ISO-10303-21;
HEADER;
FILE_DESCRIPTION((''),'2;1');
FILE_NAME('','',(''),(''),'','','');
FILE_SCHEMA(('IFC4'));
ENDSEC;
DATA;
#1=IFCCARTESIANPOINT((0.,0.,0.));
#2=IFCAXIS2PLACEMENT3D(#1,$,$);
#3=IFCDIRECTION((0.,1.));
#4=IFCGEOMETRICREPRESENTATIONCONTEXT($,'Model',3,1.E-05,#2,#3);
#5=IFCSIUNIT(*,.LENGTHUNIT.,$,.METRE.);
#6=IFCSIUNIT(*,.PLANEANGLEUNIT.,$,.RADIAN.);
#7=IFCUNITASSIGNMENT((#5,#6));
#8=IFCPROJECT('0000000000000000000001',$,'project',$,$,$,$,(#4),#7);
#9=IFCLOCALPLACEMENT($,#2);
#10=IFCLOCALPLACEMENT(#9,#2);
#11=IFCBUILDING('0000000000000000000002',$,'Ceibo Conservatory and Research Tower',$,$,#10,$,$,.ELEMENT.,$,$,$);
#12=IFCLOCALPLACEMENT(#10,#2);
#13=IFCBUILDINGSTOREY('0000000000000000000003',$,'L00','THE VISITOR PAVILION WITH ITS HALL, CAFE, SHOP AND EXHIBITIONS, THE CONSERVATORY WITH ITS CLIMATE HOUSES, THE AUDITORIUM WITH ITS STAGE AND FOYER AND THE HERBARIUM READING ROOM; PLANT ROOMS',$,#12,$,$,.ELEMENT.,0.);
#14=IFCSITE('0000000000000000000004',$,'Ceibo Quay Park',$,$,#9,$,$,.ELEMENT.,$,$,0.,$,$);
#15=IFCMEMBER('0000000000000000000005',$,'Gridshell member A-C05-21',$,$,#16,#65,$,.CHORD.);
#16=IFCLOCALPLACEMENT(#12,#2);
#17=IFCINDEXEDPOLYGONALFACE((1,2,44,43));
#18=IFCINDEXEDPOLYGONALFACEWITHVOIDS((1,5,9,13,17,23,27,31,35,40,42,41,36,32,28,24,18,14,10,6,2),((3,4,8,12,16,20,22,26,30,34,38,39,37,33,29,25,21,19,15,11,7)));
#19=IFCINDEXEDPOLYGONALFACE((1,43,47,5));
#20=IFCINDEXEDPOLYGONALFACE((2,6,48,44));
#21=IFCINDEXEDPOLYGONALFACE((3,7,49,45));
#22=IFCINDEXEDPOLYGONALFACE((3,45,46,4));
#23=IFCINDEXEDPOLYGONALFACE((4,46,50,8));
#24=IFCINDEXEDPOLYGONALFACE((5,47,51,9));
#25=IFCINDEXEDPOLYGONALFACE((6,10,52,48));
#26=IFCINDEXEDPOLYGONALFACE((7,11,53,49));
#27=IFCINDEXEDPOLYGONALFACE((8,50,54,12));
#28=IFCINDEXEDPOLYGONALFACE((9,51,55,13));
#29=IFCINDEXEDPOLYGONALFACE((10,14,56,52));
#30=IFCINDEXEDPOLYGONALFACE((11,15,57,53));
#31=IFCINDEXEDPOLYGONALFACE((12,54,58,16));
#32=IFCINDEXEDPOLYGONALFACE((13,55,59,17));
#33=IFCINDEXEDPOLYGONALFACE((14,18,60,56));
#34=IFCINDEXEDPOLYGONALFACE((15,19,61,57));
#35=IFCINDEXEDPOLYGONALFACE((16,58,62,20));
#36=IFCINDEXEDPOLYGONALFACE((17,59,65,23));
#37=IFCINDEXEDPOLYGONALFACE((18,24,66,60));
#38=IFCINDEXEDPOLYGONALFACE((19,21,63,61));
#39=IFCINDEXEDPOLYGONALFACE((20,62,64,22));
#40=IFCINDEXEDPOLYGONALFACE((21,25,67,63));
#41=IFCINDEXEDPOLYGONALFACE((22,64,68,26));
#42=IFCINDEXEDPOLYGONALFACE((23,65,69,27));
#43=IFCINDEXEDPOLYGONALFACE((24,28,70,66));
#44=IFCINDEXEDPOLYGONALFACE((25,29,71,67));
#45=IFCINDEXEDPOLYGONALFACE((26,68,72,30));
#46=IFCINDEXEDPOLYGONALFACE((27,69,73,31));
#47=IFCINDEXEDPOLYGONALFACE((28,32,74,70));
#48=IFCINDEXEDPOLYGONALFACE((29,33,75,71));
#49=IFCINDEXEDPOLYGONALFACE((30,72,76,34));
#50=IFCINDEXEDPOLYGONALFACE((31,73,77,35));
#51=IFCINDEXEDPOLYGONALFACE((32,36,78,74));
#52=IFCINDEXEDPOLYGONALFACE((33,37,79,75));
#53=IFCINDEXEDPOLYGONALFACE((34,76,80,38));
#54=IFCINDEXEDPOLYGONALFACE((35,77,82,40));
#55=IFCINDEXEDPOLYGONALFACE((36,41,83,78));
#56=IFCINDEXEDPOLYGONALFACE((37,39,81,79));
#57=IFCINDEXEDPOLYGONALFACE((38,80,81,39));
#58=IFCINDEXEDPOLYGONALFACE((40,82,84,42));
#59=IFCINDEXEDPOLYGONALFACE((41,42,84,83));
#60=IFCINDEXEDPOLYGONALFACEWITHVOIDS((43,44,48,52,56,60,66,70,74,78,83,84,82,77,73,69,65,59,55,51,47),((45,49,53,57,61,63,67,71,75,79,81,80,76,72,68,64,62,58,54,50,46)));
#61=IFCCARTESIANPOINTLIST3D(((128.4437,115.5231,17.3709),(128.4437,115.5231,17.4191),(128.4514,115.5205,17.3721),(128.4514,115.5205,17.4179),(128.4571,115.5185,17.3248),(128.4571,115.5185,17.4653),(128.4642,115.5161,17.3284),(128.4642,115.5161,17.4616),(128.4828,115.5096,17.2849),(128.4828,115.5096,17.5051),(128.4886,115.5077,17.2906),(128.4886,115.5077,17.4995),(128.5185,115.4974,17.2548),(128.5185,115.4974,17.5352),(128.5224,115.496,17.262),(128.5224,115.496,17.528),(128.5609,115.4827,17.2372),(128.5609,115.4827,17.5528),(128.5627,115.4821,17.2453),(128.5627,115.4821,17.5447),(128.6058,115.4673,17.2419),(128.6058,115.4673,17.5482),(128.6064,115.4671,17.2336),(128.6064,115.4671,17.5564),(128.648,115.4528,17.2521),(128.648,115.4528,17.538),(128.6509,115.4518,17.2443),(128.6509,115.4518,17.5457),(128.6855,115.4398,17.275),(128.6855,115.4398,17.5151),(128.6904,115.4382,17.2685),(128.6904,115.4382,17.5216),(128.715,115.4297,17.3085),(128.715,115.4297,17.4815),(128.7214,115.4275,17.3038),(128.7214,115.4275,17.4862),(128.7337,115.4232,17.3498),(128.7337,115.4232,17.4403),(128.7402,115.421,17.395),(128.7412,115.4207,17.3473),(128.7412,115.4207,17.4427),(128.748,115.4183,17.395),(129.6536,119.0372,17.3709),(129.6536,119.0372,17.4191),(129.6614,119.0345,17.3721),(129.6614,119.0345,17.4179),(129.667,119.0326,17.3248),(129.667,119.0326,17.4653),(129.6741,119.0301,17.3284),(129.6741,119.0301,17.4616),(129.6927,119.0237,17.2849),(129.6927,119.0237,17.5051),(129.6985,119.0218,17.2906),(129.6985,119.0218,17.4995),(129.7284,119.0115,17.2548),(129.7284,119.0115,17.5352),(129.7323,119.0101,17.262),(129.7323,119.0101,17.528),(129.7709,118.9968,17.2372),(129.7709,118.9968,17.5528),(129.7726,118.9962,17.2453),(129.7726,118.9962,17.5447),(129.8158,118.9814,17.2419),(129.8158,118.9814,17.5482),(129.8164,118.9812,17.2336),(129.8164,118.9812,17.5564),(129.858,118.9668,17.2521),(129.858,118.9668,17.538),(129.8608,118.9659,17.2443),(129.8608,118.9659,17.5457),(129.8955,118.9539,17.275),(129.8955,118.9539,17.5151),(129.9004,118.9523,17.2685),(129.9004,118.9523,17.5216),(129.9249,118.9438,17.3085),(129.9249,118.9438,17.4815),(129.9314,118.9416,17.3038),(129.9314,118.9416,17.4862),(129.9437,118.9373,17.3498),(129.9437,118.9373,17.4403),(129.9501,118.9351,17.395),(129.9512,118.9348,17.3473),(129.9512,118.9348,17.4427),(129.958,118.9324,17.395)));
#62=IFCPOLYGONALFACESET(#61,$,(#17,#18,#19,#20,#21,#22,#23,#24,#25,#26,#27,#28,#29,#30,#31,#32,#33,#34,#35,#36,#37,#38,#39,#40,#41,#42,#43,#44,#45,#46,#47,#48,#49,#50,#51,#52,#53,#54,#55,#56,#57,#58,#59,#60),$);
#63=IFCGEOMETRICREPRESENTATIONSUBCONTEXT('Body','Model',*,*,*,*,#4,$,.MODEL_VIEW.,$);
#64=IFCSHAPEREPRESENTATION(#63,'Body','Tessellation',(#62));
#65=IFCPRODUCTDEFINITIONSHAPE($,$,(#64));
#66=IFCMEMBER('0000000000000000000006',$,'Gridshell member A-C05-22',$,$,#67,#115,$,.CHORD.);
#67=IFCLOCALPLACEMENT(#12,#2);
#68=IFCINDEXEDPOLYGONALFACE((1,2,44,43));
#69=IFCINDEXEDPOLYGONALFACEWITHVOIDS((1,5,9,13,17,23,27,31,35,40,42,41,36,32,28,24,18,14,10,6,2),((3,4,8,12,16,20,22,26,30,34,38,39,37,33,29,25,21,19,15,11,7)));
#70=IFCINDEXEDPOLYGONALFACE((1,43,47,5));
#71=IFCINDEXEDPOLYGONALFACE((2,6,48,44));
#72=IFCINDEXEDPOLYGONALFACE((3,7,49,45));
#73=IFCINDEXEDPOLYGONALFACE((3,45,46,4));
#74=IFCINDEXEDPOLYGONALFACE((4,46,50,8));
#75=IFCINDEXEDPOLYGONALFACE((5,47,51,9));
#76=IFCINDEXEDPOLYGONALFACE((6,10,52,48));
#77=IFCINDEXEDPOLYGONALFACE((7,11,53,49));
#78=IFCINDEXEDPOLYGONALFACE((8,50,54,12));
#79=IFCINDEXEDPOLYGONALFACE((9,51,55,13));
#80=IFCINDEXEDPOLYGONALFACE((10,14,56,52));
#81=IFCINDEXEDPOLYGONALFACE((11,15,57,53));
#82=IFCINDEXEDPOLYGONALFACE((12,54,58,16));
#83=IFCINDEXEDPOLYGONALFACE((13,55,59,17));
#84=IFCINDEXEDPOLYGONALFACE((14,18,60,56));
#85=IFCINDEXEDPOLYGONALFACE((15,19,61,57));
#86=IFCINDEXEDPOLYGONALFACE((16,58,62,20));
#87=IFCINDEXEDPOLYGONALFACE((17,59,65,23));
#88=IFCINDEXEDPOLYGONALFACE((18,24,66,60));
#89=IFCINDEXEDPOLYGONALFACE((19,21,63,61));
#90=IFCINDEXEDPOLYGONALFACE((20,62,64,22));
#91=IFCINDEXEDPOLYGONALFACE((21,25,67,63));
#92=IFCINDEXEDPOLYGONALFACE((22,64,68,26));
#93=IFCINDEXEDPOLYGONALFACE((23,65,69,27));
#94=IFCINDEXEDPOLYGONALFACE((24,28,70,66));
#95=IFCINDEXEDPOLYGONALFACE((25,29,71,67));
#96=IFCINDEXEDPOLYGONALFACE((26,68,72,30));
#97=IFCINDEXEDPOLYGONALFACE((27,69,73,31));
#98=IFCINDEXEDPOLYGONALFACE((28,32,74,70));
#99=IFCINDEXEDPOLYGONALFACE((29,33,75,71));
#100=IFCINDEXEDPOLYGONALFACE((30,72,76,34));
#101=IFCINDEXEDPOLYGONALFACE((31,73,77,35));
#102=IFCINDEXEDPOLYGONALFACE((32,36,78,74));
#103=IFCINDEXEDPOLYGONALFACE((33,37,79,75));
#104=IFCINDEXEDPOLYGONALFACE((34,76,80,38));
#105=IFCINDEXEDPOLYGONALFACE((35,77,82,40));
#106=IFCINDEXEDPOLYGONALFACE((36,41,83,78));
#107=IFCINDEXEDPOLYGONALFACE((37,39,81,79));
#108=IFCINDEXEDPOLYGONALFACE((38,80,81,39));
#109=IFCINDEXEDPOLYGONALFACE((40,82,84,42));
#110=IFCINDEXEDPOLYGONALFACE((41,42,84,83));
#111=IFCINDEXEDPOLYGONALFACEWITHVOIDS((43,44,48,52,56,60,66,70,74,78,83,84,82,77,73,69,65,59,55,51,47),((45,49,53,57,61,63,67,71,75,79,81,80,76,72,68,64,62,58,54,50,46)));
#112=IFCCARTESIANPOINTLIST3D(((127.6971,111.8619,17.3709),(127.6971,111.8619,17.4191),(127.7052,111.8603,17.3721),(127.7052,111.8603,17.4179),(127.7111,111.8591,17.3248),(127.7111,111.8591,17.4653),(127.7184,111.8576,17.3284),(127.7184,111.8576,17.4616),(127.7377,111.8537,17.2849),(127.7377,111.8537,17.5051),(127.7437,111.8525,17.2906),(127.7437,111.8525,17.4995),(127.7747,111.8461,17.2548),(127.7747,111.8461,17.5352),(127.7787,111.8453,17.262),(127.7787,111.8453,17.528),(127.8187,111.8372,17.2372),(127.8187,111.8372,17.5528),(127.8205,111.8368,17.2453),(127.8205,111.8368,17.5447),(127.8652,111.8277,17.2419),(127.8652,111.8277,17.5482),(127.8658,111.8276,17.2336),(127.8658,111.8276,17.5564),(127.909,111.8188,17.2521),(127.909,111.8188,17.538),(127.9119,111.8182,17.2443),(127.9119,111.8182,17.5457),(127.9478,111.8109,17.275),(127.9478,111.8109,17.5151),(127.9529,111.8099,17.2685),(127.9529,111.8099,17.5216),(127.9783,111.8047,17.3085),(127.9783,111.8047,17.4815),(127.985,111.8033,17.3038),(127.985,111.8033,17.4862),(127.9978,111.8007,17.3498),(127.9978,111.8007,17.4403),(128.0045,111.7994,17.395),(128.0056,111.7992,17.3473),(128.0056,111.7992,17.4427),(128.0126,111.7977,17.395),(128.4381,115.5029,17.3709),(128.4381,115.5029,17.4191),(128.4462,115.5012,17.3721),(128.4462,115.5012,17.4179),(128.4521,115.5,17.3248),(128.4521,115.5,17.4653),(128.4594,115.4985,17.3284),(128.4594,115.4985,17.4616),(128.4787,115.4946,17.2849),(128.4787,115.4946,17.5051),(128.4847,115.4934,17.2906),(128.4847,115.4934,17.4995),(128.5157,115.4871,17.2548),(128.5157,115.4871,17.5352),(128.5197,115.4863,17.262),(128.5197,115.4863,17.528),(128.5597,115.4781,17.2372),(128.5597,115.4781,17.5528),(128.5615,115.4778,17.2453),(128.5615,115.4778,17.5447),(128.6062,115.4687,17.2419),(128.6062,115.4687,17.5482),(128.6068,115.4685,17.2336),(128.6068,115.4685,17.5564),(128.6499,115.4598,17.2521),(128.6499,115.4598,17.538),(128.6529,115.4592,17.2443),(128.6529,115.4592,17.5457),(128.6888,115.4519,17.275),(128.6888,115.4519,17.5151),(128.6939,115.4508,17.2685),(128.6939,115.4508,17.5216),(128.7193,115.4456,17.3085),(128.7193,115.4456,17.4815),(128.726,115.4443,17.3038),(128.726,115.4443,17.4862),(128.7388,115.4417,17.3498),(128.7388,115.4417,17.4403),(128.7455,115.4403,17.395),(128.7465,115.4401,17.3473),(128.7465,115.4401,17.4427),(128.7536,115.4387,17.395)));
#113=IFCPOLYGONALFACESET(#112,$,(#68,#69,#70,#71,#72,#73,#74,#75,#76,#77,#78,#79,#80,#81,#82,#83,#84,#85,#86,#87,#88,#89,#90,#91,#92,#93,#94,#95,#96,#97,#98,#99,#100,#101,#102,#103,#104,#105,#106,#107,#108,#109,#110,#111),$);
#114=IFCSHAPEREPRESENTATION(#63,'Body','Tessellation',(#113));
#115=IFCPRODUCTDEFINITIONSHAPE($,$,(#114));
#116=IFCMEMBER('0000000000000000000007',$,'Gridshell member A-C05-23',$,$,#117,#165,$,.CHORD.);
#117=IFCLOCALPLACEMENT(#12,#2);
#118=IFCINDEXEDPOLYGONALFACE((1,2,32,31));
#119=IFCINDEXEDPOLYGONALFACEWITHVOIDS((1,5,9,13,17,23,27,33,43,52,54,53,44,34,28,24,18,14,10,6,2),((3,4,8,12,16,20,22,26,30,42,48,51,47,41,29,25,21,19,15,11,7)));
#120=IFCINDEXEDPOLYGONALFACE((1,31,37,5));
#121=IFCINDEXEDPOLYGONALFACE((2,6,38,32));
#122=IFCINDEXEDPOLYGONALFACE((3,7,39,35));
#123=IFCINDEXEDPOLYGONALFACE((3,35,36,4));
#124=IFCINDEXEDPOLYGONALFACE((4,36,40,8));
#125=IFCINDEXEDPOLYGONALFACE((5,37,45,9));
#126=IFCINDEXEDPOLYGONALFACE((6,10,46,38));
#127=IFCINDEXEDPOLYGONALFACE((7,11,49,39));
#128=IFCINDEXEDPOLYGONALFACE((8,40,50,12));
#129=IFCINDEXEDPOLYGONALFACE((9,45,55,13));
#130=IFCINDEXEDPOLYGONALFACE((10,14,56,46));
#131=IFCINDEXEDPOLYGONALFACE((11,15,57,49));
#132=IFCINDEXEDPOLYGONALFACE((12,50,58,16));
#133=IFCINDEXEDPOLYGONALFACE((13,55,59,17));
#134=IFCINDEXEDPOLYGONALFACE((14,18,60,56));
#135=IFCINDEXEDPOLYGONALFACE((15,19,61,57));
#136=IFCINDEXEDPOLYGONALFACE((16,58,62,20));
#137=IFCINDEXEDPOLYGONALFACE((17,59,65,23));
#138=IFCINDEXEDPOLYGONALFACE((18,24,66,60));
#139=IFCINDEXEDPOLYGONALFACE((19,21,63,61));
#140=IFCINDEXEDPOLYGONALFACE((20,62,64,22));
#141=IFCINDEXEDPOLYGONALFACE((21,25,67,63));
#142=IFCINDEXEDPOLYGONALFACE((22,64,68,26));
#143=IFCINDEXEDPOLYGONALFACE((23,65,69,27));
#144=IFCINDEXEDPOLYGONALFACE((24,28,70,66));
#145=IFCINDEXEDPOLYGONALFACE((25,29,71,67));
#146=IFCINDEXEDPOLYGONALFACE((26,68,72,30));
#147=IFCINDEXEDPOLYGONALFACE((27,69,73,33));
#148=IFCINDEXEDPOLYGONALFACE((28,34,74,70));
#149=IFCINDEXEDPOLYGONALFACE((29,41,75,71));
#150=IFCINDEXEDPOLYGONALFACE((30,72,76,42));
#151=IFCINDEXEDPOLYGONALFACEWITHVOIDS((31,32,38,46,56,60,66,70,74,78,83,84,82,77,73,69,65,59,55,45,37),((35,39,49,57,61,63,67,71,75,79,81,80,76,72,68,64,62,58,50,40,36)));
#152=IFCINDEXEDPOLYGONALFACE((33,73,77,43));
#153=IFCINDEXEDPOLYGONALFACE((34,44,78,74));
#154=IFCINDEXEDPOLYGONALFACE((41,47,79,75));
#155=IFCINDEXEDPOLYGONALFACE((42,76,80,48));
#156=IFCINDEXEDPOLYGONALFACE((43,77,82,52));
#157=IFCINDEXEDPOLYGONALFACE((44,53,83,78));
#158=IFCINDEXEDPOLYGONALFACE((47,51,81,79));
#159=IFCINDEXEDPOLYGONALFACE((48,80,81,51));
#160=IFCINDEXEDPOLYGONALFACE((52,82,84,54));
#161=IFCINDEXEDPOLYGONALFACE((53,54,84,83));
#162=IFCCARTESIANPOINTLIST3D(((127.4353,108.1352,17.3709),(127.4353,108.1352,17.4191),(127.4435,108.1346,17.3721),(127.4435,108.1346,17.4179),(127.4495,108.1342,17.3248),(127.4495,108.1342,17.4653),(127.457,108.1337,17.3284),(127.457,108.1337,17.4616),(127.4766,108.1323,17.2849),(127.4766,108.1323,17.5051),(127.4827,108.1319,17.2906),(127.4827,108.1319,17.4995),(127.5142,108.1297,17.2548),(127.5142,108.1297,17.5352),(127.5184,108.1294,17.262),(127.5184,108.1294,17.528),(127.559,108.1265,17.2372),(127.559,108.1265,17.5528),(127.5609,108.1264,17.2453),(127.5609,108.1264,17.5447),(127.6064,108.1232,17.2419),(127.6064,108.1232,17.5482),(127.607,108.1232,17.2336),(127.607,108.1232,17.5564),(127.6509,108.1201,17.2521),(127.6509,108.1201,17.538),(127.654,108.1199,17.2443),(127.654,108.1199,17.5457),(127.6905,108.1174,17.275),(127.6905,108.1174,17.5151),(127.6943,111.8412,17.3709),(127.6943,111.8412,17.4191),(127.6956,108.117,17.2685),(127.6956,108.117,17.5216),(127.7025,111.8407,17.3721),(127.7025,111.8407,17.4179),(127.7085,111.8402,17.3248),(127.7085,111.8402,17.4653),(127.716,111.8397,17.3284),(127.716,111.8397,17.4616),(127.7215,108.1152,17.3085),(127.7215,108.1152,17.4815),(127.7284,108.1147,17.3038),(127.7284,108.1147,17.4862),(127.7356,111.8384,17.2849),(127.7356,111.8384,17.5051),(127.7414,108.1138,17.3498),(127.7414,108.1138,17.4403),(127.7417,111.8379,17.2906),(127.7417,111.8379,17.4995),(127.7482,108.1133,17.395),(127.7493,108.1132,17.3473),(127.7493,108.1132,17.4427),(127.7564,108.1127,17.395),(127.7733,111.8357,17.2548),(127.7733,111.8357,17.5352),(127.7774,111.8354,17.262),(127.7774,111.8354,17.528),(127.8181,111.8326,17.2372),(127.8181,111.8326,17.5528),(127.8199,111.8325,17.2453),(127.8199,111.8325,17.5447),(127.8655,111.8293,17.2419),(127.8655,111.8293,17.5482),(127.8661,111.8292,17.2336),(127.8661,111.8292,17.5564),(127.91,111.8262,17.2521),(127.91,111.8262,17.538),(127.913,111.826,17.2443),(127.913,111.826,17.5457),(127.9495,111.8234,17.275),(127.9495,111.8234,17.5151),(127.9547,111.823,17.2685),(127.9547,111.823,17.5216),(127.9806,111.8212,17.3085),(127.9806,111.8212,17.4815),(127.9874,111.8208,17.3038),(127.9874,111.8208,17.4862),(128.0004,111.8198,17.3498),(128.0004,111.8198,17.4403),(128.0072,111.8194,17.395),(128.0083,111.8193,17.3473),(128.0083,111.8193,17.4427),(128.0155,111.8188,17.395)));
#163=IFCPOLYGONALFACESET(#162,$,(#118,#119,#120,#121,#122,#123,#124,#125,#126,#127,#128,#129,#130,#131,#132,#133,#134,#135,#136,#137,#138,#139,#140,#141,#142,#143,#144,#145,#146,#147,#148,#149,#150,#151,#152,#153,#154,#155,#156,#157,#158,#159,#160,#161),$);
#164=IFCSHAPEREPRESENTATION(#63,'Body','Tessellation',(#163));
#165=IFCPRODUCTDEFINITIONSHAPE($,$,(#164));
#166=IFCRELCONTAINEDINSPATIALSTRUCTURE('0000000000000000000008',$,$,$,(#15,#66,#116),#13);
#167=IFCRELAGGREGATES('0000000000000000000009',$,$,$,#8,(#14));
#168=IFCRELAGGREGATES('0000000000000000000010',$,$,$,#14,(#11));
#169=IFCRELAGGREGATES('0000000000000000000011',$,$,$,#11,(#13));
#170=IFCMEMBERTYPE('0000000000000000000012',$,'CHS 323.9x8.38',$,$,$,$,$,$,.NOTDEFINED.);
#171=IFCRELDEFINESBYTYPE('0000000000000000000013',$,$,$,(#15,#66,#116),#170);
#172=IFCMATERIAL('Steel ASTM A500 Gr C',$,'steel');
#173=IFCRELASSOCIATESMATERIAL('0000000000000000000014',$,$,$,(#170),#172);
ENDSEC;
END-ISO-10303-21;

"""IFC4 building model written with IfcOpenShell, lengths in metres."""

from ifc_helpers import new_model, si_unit, direction, frame, origin, origin_2d, place, context, subcontext, project, spatial, hollow_circle, extrude, material, material_profile, profile_set, type_object, element, save


model = new_model("IFC4")

# Units and contexts
model_context = context("Model", 3, precision=1e-05, world=origin(), true_north=direction((0.0, 1.0)))
body_context = subcontext(model_context, "Body", "Model", "MODEL_VIEW")
ifc_project = project(units=[si_unit("LENGTHUNIT", "METRE"), si_unit("PLANEANGLEUNIT", "RADIAN")], contexts=[model_context])

# Site, building, storey
site_placement = place(None, origin())
site = spatial("IfcSite", under=ifc_project, at=site_placement, Name="Ceibo Quay Park", CompositionType="ELEMENT", RefElevation=0.0)
building_placement = place(site_placement, origin())
building = spatial("IfcBuilding", under=site, at=building_placement, Name="Ceibo Conservatory and Research Tower", CompositionType="ELEMENT")
storey_placement = place(building_placement, origin())
storey = spatial("IfcBuildingStorey", under=building, at=storey_placement, Name="L00", Description="THE VISITOR PAVILION WITH ITS HALL, CAFE, SHOP AND EXHIBITIONS, THE CONSERVATORY WITH ITS CLIMATE HOUSES, THE AUDITORIUM WITH ITS STAGE AND FOYER AND THE HERBARIUM READING ROOM; PLANT ROOMS", CompositionType="ELEMENT", Elevation=0.0)

# Members
ifc_material_1 = material(Name="Steel ASTM A500 Gr C", Category="steel")
ifc_material_profile_1 = material_profile(ifc_material_1, hollow_circle(Radius=0.1619, WallThickness=0.0083, at=origin_2d()), Name="CHS 323.9x8.38")
ifc_profile_set_1 = profile_set([ifc_material_profile_1], Name="Steel ASTM A500 Gr C")
member_type_1 = type_object("IfcMemberType", Name="CHS 323.9x8.38", PredefinedType="NOTDEFINED", material=ifc_profile_set_1)
member_1_placement = place(storey_placement, frame((129.8049, 118.9851, 17.395), z_axis=(-0.325553, -0.945524, 0.0), x_axis=(0.945524, -0.325553, 0.0)))
element("IfcMember", 1, at=member_1_placement, inside=storey, type_object=member_type_1, Name="Gridshell member A-C05-21", PredefinedType="CHORD", context=body_context, shape_type="SweptSolid", body=[
    extrude(hollow_circle(Radius=0.1619, WallThickness=0.0083, at=origin_2d()), origin(), (0.0, 0.0, 1.0), 3.7166),
])
member_2_placement = place(storey_placement, frame((128.595, 115.4709, 17.395), z_axis=(-0.199426, -0.979913, 0.0), x_axis=(0.979913, -0.199426, 0.0)))
element("IfcMember", 2, at=member_2_placement, inside=storey, type_object=member_type_1, Name="Gridshell member A-C05-22", PredefinedType="CHORD", context=body_context, shape_type="SweptSolid", body=[
    extrude(hollow_circle(Radius=0.1619, WallThickness=0.0083, at=origin_2d()), origin(), (0.0, 0.0, 1.0), 3.7156),
])
member_3_placement = place(storey_placement, frame((127.854, 111.8301, 17.395), z_axis=(-0.069724, -0.997566, 0.0), x_axis=(0.997566, -0.069724, 0.0)))
element("IfcMember", 3, at=member_3_placement, inside=storey, type_object=member_type_1, Name="Gridshell member A-C05-23", PredefinedType="CHORD", context=body_context, shape_type="SweptSolid", body=[
    extrude(hollow_circle(Radius=0.1619, WallThickness=0.0083, at=origin_2d()), origin(), (0.0, 0.0, 1.0), 3.7151),
])

save(model, "model.ifc")
